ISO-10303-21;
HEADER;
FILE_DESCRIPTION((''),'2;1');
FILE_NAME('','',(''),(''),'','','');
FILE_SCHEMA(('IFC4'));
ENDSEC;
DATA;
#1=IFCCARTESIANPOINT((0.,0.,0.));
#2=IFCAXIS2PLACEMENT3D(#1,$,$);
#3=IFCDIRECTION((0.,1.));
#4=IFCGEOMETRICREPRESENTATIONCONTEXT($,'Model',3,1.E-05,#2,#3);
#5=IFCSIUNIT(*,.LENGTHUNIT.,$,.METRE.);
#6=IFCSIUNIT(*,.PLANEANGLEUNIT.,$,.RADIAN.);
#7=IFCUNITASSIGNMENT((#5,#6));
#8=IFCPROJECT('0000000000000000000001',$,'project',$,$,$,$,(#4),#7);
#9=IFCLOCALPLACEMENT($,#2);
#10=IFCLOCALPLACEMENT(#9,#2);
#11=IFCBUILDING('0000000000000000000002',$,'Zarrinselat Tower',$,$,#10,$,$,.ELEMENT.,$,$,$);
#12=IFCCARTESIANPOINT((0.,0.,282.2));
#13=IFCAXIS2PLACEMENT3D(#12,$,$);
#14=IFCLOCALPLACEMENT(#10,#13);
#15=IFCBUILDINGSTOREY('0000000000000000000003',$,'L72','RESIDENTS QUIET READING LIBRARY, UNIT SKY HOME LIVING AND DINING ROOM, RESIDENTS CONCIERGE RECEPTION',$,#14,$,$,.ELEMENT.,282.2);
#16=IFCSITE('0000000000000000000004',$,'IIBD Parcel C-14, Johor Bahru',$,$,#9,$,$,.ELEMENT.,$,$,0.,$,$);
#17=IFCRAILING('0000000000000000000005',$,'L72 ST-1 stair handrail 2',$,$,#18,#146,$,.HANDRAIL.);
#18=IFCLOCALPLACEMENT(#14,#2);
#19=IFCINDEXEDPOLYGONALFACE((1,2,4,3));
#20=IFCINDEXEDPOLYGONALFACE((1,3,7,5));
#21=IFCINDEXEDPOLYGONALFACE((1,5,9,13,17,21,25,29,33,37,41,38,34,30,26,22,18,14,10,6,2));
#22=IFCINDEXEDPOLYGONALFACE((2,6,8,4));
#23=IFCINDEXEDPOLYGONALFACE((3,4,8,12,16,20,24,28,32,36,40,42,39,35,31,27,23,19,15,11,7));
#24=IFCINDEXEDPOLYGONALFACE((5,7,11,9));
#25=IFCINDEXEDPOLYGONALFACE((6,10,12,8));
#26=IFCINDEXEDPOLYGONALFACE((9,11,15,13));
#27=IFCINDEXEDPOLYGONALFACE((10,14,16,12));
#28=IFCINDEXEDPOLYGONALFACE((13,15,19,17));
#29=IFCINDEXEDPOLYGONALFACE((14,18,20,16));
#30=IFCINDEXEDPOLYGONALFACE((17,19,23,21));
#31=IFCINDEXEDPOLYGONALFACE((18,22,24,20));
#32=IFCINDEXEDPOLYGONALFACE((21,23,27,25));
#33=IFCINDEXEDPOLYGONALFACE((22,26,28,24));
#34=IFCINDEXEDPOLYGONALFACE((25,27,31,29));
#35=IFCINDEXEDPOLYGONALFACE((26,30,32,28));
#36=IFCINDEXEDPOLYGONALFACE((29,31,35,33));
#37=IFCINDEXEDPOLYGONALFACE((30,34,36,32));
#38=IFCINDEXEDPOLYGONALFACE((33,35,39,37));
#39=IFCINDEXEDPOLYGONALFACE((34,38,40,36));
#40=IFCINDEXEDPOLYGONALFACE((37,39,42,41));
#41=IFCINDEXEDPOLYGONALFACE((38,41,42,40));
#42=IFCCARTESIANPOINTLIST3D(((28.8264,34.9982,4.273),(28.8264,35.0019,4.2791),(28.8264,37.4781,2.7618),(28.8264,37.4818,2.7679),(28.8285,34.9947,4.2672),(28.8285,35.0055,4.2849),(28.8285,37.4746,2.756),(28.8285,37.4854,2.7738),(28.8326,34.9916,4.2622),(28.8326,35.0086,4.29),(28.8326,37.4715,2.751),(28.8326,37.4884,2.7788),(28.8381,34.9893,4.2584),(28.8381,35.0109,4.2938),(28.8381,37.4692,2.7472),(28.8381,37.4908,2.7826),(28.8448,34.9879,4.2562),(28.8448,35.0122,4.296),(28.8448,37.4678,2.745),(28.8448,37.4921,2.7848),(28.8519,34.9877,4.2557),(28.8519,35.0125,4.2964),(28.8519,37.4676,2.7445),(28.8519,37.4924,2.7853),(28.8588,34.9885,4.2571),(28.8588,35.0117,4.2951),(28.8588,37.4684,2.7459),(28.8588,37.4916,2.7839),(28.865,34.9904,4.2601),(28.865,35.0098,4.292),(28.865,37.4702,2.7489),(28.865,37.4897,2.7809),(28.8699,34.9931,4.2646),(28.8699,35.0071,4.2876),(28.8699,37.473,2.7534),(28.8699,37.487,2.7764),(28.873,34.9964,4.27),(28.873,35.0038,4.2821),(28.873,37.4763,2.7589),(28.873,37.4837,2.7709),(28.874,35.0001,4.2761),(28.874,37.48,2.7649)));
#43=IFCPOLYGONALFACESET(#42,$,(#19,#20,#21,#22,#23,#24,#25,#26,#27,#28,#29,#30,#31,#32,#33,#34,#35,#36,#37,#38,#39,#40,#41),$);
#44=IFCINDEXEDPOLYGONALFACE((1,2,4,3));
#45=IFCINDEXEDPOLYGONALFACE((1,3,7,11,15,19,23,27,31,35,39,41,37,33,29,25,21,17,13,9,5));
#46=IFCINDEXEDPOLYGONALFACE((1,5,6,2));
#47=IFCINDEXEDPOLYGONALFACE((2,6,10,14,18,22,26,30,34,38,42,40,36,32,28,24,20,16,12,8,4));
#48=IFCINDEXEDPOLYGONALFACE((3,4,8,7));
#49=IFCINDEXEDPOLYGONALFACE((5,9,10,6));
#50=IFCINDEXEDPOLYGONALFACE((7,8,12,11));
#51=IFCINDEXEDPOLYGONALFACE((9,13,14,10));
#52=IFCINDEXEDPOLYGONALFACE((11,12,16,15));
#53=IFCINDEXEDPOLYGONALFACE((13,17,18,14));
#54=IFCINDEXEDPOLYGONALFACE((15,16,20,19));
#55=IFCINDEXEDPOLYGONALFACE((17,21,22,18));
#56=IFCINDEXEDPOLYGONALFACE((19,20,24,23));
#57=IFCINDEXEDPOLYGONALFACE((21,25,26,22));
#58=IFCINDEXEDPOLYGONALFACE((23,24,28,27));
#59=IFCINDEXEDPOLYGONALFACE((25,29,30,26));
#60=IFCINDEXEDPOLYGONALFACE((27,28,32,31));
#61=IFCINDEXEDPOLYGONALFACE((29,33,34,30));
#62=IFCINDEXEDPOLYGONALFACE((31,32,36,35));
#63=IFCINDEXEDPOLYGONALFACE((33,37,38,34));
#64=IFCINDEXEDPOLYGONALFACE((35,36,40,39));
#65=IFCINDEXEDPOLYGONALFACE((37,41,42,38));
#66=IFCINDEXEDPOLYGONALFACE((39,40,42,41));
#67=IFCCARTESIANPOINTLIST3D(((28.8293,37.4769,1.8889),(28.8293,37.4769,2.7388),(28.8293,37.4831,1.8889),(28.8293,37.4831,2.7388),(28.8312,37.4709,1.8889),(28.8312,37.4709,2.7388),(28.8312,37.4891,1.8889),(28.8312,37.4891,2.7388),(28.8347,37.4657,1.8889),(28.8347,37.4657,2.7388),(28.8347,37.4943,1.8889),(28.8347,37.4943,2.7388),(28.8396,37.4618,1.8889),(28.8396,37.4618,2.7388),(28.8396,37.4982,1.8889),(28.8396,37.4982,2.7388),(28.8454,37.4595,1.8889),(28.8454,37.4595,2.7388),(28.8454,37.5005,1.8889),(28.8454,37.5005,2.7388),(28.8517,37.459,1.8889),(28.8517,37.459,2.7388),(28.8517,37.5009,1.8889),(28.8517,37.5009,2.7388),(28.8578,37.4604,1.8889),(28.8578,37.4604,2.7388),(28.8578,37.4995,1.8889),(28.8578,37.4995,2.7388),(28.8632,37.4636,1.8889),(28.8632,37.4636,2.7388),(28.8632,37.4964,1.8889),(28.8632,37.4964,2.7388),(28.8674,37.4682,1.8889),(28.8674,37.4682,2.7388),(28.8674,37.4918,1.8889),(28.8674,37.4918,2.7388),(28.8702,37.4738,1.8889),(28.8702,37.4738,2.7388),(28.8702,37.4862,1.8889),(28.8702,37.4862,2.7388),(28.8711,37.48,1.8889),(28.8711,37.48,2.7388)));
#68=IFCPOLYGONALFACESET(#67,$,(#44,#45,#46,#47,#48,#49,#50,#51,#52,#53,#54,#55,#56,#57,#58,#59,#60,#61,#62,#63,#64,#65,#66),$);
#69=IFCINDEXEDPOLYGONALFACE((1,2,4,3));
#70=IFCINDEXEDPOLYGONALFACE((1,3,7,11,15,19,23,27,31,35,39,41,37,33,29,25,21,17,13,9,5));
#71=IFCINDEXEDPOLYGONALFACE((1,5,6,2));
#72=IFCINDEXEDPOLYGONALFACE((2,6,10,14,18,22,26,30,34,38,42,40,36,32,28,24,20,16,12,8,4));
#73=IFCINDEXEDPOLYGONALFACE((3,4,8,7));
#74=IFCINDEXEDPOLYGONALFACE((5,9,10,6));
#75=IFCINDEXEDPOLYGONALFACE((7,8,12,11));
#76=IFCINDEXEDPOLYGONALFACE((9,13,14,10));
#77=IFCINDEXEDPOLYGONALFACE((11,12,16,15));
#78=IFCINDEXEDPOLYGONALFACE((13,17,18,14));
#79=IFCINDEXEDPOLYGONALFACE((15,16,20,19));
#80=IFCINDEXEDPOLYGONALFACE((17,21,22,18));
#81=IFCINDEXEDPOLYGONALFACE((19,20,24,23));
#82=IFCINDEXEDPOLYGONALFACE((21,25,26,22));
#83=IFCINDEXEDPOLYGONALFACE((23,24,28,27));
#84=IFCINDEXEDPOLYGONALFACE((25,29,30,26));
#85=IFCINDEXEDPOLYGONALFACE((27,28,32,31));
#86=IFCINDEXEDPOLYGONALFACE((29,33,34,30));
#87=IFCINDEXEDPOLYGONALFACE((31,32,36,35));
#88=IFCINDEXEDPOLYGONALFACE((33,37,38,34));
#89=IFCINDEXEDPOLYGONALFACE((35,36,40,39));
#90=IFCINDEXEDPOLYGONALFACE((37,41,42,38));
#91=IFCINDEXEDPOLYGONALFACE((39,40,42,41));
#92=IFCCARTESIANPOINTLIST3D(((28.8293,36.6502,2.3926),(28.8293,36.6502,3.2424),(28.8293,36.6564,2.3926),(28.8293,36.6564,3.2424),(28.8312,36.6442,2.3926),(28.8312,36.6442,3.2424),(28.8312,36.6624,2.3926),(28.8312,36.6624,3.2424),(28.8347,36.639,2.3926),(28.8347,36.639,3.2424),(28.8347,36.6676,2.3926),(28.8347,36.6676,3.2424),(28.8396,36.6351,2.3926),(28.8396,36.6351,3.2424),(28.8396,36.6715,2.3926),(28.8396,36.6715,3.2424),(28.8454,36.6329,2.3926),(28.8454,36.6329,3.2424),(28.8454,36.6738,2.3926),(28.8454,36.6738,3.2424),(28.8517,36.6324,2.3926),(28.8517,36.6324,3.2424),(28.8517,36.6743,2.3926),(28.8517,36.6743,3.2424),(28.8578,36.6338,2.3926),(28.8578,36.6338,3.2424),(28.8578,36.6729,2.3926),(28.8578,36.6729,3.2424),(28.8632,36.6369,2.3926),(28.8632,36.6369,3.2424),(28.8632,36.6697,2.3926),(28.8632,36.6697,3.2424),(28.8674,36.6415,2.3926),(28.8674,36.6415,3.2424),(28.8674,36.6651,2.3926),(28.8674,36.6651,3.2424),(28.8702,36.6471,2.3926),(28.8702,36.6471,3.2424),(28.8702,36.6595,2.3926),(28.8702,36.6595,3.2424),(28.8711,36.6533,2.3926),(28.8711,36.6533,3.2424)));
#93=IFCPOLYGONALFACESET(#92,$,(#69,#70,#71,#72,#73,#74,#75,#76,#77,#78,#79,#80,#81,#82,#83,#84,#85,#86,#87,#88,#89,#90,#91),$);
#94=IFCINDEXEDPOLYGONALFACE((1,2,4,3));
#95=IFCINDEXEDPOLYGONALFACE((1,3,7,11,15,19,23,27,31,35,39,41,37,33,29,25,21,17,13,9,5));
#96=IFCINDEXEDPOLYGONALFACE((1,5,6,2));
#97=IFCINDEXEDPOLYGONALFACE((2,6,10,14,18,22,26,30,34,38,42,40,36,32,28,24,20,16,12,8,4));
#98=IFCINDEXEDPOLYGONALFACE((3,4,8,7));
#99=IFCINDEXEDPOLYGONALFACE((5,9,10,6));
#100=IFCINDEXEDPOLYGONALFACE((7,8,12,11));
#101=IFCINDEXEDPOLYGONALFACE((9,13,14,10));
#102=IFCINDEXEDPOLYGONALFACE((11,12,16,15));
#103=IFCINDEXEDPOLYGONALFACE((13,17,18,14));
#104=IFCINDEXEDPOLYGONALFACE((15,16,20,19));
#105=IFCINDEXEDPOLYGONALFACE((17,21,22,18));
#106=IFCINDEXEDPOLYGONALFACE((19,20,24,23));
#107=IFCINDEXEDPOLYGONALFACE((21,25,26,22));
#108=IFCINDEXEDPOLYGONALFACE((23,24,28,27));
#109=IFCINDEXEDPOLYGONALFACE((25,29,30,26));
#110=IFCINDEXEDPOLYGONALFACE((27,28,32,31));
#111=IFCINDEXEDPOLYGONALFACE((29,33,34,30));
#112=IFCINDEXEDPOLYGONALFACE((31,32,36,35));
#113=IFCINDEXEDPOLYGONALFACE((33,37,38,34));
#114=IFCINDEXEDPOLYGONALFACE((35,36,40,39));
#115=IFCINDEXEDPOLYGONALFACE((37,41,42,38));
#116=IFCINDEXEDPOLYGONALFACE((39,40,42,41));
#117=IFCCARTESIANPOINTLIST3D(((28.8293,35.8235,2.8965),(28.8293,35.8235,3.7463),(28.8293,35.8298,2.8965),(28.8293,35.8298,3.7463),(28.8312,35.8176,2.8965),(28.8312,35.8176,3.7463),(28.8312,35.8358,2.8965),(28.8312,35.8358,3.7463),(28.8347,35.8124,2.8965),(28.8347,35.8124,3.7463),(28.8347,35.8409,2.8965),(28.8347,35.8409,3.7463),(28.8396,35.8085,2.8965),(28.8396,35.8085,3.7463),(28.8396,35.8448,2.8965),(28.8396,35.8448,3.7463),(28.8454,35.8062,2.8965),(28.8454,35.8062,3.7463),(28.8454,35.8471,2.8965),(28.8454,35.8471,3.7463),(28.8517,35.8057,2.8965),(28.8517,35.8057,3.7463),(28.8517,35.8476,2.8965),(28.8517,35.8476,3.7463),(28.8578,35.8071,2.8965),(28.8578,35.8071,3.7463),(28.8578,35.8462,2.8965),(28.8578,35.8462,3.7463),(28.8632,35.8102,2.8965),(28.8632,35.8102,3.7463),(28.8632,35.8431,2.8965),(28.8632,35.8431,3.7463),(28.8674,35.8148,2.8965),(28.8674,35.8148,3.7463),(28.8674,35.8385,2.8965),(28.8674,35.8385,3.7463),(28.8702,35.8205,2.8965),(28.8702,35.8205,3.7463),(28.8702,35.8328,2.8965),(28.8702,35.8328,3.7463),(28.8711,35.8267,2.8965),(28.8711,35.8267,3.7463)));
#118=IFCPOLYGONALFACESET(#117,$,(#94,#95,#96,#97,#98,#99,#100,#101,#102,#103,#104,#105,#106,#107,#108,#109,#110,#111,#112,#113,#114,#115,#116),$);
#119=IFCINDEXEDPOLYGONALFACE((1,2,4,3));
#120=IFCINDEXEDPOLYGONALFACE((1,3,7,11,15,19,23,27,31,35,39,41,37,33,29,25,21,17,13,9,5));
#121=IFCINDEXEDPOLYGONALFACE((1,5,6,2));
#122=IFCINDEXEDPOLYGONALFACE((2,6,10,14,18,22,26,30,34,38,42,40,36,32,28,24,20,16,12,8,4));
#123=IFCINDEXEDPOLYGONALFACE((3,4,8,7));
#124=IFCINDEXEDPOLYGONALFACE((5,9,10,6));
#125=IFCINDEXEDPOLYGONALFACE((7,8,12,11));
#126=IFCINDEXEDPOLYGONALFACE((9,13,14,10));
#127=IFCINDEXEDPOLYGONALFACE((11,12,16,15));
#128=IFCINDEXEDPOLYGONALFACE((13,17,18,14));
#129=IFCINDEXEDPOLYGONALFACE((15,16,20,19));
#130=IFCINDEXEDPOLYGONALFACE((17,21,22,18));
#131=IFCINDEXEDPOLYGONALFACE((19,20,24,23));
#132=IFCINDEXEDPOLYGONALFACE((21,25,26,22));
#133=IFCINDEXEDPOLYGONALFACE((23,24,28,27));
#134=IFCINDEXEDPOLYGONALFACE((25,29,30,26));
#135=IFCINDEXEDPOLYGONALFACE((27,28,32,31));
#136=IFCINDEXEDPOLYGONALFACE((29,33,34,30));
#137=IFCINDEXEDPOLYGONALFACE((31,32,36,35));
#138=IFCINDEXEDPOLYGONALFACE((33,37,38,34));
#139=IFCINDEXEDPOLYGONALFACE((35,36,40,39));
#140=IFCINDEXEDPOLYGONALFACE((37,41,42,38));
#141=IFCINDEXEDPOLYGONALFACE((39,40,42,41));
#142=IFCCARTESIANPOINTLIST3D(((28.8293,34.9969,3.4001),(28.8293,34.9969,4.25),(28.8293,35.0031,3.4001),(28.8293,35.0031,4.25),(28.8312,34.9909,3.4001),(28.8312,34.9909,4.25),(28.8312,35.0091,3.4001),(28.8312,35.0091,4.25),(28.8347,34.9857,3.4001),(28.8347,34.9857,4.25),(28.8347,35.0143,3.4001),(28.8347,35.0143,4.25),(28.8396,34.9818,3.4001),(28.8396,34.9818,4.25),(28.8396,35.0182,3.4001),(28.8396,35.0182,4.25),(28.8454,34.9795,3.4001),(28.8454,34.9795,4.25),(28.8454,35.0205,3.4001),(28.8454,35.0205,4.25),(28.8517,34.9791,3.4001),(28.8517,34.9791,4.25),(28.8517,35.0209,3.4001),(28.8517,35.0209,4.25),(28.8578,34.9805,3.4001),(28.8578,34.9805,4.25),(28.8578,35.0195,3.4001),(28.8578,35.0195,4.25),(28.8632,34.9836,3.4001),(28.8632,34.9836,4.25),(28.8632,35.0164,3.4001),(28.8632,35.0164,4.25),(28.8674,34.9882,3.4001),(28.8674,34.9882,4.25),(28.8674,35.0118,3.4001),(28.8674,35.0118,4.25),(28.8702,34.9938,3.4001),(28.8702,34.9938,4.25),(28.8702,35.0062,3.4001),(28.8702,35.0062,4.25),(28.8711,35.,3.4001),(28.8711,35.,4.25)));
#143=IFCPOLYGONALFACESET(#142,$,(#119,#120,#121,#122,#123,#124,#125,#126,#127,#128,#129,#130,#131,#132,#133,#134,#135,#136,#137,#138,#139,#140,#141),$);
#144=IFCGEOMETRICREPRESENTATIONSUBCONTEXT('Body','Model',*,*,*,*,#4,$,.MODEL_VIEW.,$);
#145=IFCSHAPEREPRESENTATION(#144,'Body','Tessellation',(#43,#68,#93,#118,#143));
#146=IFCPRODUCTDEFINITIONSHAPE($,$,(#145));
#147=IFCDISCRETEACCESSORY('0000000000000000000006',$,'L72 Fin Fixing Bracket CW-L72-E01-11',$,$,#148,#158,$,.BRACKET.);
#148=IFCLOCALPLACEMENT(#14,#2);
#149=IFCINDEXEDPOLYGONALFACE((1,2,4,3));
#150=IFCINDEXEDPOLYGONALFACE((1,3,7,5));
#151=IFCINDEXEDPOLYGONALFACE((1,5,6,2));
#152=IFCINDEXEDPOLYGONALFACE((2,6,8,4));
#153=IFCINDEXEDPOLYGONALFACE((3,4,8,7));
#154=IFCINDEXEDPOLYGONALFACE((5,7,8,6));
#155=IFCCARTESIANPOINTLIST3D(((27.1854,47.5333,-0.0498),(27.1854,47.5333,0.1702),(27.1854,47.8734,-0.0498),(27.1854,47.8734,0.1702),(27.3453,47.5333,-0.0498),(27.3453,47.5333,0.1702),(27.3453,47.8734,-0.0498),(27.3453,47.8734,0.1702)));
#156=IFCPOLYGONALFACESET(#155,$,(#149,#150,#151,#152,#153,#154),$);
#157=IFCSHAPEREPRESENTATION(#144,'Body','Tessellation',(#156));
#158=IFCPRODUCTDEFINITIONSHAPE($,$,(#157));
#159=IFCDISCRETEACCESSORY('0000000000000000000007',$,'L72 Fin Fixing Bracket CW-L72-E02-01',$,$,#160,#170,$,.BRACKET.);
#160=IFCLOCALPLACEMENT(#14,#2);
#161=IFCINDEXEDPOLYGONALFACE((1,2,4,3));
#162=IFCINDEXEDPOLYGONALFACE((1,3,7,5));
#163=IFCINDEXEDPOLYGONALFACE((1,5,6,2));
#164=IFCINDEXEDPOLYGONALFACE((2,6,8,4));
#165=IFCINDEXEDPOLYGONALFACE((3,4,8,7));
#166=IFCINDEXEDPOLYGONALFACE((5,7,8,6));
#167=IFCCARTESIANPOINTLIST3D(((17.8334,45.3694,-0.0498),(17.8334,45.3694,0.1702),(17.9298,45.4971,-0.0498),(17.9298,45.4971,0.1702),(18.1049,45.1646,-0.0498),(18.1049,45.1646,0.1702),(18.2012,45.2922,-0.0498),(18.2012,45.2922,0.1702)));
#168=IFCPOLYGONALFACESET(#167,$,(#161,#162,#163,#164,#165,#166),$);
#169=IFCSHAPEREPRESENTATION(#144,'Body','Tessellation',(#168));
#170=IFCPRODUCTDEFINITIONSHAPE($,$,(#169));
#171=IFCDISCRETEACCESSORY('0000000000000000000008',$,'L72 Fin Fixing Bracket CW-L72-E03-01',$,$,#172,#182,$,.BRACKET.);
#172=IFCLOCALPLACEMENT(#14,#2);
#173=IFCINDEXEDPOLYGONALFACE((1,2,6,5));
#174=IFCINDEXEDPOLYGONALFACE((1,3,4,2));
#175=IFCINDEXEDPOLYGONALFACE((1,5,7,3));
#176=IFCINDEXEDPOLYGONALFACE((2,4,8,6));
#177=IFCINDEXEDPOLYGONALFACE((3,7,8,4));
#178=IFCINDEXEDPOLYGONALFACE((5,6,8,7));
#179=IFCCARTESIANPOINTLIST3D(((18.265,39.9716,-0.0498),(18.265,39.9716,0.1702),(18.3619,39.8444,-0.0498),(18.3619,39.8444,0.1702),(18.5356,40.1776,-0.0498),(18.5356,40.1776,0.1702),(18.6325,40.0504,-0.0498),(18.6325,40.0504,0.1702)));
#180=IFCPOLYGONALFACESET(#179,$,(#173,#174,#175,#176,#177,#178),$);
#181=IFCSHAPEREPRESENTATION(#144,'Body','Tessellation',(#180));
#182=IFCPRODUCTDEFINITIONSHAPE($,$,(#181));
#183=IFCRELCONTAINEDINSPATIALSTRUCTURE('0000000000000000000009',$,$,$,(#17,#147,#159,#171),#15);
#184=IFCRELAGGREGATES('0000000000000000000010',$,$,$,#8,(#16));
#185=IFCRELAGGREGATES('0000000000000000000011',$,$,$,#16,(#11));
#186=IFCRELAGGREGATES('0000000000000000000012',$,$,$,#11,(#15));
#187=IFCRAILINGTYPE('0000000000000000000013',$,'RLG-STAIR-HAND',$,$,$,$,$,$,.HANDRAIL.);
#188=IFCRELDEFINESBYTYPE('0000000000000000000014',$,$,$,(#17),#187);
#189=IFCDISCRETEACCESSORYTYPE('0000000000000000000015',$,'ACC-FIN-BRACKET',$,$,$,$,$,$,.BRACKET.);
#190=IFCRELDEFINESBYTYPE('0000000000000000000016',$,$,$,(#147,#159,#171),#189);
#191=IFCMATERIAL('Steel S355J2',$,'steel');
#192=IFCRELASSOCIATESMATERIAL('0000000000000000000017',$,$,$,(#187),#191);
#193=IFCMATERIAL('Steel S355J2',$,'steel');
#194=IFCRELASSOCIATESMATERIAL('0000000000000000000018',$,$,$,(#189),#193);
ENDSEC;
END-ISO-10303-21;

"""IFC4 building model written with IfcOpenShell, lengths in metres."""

from ifc_helpers import new_model, si_unit, direction, frame, origin, origin_2d, place, context, subcontext, project, spatial, rectangle, circle, extrude, material, type_object, element, save


model = new_model("IFC4")

# Units and contexts
model_context = context("Model", 3, precision=1e-05, world=origin(), true_north=direction((0.0, 1.0)))
body_context = subcontext(model_context, "Body", "Model", "MODEL_VIEW")
ifc_project = project(units=[si_unit("LENGTHUNIT", "METRE"), si_unit("PLANEANGLEUNIT", "RADIAN")], contexts=[model_context])

# Site, building, storey
site_placement = place(None, origin())
site = spatial("IfcSite", under=ifc_project, at=site_placement, Name="IIBD Parcel C-14, Johor Bahru", CompositionType="ELEMENT", RefElevation=0.0)
building_placement = place(site_placement, origin())
building = spatial("IfcBuilding", under=site, at=building_placement, Name="Zarrinselat Tower", CompositionType="ELEMENT")
storey_placement = place(building_placement, frame((0.0, 0.0, 282.2)))
storey = spatial("IfcBuildingStorey", under=building, at=storey_placement, Name="L72", Description="RESIDENTS QUIET READING LIBRARY, UNIT SKY HOME LIVING AND DINING ROOM, RESIDENTS CONCIERGE RECEPTION", CompositionType="ELEMENT", Elevation=282.2)

# Railing
ifc_material_1 = material(Name="Steel S355J2", Category="steel")
railing_type = type_object("IfcRailingType", Name="RLG-STAIR-HAND", PredefinedType="HANDRAIL", material=ifc_material_1)
railing_placement = place(storey_placement, frame((28.8501, 37.48, 1.8889)))
element("IfcRailing", 1, at=railing_placement, inside=storey, type_object=railing_type, Name="L72 ST-1 stair handrail 2", PredefinedType="HANDRAIL", context=body_context, shape_type="SweptSolid", body=[
    extrude(circle(Radius=0.0239, at=origin_2d()), frame((0.0, 0.0, 0.876), z_axis=(0.0, -0.853942, 0.520368), x_axis=(1.0, 0.0, 0.0)), (0.0, 0.0, 1.0), 2.9041),
    extrude(circle(Radius=0.021, at=origin_2d()), origin(), (0.0, 0.0, 1.0), 0.8499),
    extrude(circle(Radius=0.021, at=origin_2d()), frame((0.0, -0.8267, 0.5037)), (0.0, 0.0, 1.0), 0.8499),
    extrude(circle(Radius=0.021, at=origin_2d()), frame((0.0, -1.6533, 1.0076)), (0.0, 0.0, 1.0), 0.8499),
    extrude(circle(Radius=0.021, at=origin_2d()), frame((0.0, -2.48, 1.5112)), (0.0, 0.0, 1.0), 0.8499),
])

# Discrete accessories
ifc_material_2 = material(Name="Steel S355J2", Category="steel")
discrete_accessory_type = type_object("IfcDiscreteAccessoryType", Name="ACC-FIN-BRACKET", PredefinedType="BRACKET", material=ifc_material_2)
for number, where, z_axis, x_axis, name in (
    (2, (27.2654, 47.7034, -0.0498), (0.0, 0.0, 1.0), (0.0, 1.0, 0.0), "L72 Fin Fixing Bracket CW-L72-E01-11"),
    (3, (18.0173, 45.3308, -0.0498), (0.0, 0.0, 1.0), (-0.798164, 0.60244, 0.0), "L72 Fin Fixing Bracket CW-L72-E02-01"),
    (4, (18.4487, 40.011, -0.0498), (0.0, 0.0, 1.0), (-0.795642, -0.605767, 0.0), "L72 Fin Fixing Bracket CW-L72-E03-01"),
):
    element("IfcDiscreteAccessory", number, at=place(storey_placement, frame(where, z_axis=z_axis, x_axis=x_axis)), inside=storey, type_object=discrete_accessory_type, Name=name, PredefinedType="BRACKET", context=body_context, shape_type="SweptSolid", body=[
        extrude(rectangle(XDim=0.3401, YDim=0.1599, at=origin_2d()), origin(), (0.0, 0.0, 1.0), 0.22),
    ])

save(model, "model.ifc")
